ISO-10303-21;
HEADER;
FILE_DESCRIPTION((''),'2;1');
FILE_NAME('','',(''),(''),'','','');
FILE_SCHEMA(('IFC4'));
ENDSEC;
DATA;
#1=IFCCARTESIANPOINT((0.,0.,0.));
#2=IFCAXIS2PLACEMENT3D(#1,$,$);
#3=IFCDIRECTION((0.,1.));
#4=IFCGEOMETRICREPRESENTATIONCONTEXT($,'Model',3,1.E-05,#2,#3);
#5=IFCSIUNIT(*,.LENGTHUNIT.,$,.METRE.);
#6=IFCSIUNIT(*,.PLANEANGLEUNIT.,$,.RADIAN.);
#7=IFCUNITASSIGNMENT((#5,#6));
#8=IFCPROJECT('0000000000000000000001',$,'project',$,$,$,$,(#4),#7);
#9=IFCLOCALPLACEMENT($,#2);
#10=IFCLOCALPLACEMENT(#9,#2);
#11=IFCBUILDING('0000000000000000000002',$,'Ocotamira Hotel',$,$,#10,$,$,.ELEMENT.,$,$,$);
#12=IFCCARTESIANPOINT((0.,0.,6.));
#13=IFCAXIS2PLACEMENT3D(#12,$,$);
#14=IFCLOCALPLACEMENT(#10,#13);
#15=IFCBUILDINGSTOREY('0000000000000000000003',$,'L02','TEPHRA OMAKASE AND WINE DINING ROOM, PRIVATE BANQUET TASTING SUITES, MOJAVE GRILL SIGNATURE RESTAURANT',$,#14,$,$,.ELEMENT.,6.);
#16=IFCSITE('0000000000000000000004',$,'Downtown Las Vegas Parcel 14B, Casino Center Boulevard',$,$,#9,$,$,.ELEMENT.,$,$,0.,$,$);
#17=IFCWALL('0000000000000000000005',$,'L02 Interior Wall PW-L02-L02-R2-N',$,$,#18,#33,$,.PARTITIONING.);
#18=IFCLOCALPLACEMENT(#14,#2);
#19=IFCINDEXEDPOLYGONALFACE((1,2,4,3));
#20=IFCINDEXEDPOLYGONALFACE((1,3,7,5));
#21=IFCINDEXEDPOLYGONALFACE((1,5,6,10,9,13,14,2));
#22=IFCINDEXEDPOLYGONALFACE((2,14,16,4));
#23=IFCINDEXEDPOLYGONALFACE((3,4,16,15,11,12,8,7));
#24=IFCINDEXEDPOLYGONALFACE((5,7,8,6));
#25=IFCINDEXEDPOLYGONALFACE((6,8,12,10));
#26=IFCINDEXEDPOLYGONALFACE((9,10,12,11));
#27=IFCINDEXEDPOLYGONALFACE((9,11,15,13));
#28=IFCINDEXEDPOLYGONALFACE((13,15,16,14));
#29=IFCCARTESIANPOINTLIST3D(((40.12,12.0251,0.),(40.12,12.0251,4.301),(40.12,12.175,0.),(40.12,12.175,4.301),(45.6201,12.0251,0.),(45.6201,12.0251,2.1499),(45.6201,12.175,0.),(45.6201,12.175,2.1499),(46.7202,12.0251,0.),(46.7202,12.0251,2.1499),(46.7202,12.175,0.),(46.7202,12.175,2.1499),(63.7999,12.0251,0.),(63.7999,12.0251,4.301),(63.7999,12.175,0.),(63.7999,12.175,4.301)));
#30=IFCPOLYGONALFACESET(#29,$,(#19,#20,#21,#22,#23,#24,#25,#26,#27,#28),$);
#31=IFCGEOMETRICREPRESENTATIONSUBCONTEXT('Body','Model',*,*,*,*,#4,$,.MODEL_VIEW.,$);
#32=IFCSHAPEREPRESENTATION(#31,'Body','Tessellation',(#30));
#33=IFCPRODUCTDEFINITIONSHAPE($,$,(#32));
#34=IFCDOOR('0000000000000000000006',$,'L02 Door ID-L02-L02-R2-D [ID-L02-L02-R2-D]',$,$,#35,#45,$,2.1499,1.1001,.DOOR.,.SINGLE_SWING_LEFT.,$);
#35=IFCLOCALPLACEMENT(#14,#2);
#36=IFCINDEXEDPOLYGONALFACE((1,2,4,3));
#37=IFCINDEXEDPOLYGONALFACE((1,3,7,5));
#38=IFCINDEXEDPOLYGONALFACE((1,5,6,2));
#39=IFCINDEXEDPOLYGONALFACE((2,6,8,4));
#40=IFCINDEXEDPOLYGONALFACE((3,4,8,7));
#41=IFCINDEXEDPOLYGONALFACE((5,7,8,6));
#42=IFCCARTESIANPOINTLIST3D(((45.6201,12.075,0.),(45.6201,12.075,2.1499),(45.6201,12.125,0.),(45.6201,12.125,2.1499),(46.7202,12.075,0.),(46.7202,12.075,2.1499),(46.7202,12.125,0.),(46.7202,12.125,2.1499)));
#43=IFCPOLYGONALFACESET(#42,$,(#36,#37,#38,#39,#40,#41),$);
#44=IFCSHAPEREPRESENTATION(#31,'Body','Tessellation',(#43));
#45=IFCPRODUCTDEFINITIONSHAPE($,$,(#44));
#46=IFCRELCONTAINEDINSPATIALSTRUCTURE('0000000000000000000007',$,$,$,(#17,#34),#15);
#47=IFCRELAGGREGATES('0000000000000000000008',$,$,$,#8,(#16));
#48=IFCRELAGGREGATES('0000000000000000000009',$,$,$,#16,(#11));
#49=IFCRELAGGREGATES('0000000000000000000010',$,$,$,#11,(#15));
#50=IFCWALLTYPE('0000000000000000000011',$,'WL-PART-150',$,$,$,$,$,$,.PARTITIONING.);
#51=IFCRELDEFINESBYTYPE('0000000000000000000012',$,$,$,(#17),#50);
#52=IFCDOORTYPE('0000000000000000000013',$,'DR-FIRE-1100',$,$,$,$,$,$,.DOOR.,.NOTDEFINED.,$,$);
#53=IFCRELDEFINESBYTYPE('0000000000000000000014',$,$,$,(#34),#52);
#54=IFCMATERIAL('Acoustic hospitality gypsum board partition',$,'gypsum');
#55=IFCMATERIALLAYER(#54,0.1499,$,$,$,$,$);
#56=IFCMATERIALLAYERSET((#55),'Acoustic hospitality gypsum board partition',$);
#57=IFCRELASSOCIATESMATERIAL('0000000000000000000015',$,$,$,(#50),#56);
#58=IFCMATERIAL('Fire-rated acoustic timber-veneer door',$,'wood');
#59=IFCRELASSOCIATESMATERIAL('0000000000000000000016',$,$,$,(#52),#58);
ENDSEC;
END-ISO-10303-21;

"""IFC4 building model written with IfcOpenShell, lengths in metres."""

from ifc_helpers import new_model, si_unit, direction, frame, frame_2d, origin, place, context, subcontext, project, spatial, rectangle, extrude, source, transform, mapped, material, layer, layer_set, type_object, element, fill, save


model = new_model("IFC4")

# Units and contexts
model_context = context("Model", 3, precision=1e-05, world=origin(), true_north=direction((0.0, 1.0)))
body_context = subcontext(model_context, "Body", "Model", "MODEL_VIEW")
ifc_project = project(units=[si_unit("LENGTHUNIT", "METRE"), si_unit("PLANEANGLEUNIT", "RADIAN")], contexts=[model_context])

# Site, building, storey
site_placement = place(None, origin())
site = spatial("IfcSite", under=ifc_project, at=site_placement, Name="Downtown Las Vegas Parcel 14B, Casino Center Boulevard", CompositionType="ELEMENT", RefElevation=0.0)
building_placement = place(site_placement, origin())
building = spatial("IfcBuilding", under=site, at=building_placement, Name="Ocotamira Hotel", CompositionType="ELEMENT")
storey_placement = place(building_placement, frame((0.0, 0.0, 6.0)))
storey = spatial("IfcBuildingStorey", under=building, at=storey_placement, Name="L02", Description="TEPHRA OMAKASE AND WINE DINING ROOM, PRIVATE BANQUET TASTING SUITES, MOJAVE GRILL SIGNATURE RESTAURANT", CompositionType="ELEMENT", Elevation=6.0)

# Wall, opening, door
ifc_material_1 = material(Name="Acoustic hospitality gypsum board partition", Category="gypsum")
ifc_layer_1 = layer(ifc_material_1, 0.1499)
ifc_layer_set_1 = layer_set([ifc_layer_1], Name="Acoustic hospitality gypsum board partition")
wall_type_1 = type_object("IfcWallType", Name="WL-PART-150", PredefinedType="PARTITIONING", material=ifc_layer_set_1)
wall_1_placement = place(storey_placement, frame((40.1201, 12.1001, 0.0), z_axis=(0.0, 0.0, 1.0), x_axis=(1.0, 0.0, 0.0)))
wall_1 = element("IfcWall", 1, at=wall_1_placement, inside=storey, type_object=wall_type_1, Name="L02 Interior Wall PW-L02-L02-R2-N", PredefinedType="PARTITIONING", context=body_context, shape_type="SweptSolid", body=[
    extrude(rectangle(XDim=23.6799, YDim=0.1499, at=frame_2d((11.8398, 0.0))), origin(), (0.0, 0.0, 1.0), 4.301),
])
opening_placement = place(wall_1_placement, frame((5.5, 0.0, 0.0)))
opening = element("IfcOpeningElement", 2, at=opening_placement, cuts=wall_1, PredefinedType="OPENING", context=body_context, shape_type="SweptSolid", body=[
    extrude(rectangle(XDim=1.1001, YDim=2.1499, at=frame_2d((0.55, 1.075))), frame((0.0, 0.085, 0.0), z_axis=(0.0, -1.0, 0.0), x_axis=(1.0, 0.0, 0.0)), (0.0, 0.0, 1.0), 0.1699),
])
ifc_material_2 = material(Name="Fire-rated acoustic timber-veneer door", Category="wood")
door_type = type_object("IfcDoorType", Name="DR-FIRE-1100", OperationType="NOTDEFINED", PredefinedType="DOOR", material=ifc_material_2)
shared_shape_1 = source(origin(), body_context, "Body", "SweptSolid", [
    extrude(rectangle(XDim=1.1001, YDim=2.1499, at=frame_2d((0.55, 1.075))), frame((0.0, 0.0249, 0.0), z_axis=(0.0, -1.0, 0.0), x_axis=(1.0, 0.0, 0.0)), (0.0, 0.0, 1.0), 0.05),
])
door_placement = place(opening_placement, origin())
door = element("IfcDoor", 3, at=door_placement, inside=storey, type_object=door_type, Name="L02 Door ID-L02-L02-R2-D [ID-L02-L02-R2-D]", OperationType="SINGLE_SWING_LEFT", OverallHeight=2.1499, OverallWidth=1.1001, PredefinedType="DOOR", context=body_context, shape_type="MappedRepresentation", body=[
    mapped(shared_shape_1, transform((0.0, 0.0, 0.0), scale=1.0)),
])
fill(opening, door)

save(model, "model.ifc")
